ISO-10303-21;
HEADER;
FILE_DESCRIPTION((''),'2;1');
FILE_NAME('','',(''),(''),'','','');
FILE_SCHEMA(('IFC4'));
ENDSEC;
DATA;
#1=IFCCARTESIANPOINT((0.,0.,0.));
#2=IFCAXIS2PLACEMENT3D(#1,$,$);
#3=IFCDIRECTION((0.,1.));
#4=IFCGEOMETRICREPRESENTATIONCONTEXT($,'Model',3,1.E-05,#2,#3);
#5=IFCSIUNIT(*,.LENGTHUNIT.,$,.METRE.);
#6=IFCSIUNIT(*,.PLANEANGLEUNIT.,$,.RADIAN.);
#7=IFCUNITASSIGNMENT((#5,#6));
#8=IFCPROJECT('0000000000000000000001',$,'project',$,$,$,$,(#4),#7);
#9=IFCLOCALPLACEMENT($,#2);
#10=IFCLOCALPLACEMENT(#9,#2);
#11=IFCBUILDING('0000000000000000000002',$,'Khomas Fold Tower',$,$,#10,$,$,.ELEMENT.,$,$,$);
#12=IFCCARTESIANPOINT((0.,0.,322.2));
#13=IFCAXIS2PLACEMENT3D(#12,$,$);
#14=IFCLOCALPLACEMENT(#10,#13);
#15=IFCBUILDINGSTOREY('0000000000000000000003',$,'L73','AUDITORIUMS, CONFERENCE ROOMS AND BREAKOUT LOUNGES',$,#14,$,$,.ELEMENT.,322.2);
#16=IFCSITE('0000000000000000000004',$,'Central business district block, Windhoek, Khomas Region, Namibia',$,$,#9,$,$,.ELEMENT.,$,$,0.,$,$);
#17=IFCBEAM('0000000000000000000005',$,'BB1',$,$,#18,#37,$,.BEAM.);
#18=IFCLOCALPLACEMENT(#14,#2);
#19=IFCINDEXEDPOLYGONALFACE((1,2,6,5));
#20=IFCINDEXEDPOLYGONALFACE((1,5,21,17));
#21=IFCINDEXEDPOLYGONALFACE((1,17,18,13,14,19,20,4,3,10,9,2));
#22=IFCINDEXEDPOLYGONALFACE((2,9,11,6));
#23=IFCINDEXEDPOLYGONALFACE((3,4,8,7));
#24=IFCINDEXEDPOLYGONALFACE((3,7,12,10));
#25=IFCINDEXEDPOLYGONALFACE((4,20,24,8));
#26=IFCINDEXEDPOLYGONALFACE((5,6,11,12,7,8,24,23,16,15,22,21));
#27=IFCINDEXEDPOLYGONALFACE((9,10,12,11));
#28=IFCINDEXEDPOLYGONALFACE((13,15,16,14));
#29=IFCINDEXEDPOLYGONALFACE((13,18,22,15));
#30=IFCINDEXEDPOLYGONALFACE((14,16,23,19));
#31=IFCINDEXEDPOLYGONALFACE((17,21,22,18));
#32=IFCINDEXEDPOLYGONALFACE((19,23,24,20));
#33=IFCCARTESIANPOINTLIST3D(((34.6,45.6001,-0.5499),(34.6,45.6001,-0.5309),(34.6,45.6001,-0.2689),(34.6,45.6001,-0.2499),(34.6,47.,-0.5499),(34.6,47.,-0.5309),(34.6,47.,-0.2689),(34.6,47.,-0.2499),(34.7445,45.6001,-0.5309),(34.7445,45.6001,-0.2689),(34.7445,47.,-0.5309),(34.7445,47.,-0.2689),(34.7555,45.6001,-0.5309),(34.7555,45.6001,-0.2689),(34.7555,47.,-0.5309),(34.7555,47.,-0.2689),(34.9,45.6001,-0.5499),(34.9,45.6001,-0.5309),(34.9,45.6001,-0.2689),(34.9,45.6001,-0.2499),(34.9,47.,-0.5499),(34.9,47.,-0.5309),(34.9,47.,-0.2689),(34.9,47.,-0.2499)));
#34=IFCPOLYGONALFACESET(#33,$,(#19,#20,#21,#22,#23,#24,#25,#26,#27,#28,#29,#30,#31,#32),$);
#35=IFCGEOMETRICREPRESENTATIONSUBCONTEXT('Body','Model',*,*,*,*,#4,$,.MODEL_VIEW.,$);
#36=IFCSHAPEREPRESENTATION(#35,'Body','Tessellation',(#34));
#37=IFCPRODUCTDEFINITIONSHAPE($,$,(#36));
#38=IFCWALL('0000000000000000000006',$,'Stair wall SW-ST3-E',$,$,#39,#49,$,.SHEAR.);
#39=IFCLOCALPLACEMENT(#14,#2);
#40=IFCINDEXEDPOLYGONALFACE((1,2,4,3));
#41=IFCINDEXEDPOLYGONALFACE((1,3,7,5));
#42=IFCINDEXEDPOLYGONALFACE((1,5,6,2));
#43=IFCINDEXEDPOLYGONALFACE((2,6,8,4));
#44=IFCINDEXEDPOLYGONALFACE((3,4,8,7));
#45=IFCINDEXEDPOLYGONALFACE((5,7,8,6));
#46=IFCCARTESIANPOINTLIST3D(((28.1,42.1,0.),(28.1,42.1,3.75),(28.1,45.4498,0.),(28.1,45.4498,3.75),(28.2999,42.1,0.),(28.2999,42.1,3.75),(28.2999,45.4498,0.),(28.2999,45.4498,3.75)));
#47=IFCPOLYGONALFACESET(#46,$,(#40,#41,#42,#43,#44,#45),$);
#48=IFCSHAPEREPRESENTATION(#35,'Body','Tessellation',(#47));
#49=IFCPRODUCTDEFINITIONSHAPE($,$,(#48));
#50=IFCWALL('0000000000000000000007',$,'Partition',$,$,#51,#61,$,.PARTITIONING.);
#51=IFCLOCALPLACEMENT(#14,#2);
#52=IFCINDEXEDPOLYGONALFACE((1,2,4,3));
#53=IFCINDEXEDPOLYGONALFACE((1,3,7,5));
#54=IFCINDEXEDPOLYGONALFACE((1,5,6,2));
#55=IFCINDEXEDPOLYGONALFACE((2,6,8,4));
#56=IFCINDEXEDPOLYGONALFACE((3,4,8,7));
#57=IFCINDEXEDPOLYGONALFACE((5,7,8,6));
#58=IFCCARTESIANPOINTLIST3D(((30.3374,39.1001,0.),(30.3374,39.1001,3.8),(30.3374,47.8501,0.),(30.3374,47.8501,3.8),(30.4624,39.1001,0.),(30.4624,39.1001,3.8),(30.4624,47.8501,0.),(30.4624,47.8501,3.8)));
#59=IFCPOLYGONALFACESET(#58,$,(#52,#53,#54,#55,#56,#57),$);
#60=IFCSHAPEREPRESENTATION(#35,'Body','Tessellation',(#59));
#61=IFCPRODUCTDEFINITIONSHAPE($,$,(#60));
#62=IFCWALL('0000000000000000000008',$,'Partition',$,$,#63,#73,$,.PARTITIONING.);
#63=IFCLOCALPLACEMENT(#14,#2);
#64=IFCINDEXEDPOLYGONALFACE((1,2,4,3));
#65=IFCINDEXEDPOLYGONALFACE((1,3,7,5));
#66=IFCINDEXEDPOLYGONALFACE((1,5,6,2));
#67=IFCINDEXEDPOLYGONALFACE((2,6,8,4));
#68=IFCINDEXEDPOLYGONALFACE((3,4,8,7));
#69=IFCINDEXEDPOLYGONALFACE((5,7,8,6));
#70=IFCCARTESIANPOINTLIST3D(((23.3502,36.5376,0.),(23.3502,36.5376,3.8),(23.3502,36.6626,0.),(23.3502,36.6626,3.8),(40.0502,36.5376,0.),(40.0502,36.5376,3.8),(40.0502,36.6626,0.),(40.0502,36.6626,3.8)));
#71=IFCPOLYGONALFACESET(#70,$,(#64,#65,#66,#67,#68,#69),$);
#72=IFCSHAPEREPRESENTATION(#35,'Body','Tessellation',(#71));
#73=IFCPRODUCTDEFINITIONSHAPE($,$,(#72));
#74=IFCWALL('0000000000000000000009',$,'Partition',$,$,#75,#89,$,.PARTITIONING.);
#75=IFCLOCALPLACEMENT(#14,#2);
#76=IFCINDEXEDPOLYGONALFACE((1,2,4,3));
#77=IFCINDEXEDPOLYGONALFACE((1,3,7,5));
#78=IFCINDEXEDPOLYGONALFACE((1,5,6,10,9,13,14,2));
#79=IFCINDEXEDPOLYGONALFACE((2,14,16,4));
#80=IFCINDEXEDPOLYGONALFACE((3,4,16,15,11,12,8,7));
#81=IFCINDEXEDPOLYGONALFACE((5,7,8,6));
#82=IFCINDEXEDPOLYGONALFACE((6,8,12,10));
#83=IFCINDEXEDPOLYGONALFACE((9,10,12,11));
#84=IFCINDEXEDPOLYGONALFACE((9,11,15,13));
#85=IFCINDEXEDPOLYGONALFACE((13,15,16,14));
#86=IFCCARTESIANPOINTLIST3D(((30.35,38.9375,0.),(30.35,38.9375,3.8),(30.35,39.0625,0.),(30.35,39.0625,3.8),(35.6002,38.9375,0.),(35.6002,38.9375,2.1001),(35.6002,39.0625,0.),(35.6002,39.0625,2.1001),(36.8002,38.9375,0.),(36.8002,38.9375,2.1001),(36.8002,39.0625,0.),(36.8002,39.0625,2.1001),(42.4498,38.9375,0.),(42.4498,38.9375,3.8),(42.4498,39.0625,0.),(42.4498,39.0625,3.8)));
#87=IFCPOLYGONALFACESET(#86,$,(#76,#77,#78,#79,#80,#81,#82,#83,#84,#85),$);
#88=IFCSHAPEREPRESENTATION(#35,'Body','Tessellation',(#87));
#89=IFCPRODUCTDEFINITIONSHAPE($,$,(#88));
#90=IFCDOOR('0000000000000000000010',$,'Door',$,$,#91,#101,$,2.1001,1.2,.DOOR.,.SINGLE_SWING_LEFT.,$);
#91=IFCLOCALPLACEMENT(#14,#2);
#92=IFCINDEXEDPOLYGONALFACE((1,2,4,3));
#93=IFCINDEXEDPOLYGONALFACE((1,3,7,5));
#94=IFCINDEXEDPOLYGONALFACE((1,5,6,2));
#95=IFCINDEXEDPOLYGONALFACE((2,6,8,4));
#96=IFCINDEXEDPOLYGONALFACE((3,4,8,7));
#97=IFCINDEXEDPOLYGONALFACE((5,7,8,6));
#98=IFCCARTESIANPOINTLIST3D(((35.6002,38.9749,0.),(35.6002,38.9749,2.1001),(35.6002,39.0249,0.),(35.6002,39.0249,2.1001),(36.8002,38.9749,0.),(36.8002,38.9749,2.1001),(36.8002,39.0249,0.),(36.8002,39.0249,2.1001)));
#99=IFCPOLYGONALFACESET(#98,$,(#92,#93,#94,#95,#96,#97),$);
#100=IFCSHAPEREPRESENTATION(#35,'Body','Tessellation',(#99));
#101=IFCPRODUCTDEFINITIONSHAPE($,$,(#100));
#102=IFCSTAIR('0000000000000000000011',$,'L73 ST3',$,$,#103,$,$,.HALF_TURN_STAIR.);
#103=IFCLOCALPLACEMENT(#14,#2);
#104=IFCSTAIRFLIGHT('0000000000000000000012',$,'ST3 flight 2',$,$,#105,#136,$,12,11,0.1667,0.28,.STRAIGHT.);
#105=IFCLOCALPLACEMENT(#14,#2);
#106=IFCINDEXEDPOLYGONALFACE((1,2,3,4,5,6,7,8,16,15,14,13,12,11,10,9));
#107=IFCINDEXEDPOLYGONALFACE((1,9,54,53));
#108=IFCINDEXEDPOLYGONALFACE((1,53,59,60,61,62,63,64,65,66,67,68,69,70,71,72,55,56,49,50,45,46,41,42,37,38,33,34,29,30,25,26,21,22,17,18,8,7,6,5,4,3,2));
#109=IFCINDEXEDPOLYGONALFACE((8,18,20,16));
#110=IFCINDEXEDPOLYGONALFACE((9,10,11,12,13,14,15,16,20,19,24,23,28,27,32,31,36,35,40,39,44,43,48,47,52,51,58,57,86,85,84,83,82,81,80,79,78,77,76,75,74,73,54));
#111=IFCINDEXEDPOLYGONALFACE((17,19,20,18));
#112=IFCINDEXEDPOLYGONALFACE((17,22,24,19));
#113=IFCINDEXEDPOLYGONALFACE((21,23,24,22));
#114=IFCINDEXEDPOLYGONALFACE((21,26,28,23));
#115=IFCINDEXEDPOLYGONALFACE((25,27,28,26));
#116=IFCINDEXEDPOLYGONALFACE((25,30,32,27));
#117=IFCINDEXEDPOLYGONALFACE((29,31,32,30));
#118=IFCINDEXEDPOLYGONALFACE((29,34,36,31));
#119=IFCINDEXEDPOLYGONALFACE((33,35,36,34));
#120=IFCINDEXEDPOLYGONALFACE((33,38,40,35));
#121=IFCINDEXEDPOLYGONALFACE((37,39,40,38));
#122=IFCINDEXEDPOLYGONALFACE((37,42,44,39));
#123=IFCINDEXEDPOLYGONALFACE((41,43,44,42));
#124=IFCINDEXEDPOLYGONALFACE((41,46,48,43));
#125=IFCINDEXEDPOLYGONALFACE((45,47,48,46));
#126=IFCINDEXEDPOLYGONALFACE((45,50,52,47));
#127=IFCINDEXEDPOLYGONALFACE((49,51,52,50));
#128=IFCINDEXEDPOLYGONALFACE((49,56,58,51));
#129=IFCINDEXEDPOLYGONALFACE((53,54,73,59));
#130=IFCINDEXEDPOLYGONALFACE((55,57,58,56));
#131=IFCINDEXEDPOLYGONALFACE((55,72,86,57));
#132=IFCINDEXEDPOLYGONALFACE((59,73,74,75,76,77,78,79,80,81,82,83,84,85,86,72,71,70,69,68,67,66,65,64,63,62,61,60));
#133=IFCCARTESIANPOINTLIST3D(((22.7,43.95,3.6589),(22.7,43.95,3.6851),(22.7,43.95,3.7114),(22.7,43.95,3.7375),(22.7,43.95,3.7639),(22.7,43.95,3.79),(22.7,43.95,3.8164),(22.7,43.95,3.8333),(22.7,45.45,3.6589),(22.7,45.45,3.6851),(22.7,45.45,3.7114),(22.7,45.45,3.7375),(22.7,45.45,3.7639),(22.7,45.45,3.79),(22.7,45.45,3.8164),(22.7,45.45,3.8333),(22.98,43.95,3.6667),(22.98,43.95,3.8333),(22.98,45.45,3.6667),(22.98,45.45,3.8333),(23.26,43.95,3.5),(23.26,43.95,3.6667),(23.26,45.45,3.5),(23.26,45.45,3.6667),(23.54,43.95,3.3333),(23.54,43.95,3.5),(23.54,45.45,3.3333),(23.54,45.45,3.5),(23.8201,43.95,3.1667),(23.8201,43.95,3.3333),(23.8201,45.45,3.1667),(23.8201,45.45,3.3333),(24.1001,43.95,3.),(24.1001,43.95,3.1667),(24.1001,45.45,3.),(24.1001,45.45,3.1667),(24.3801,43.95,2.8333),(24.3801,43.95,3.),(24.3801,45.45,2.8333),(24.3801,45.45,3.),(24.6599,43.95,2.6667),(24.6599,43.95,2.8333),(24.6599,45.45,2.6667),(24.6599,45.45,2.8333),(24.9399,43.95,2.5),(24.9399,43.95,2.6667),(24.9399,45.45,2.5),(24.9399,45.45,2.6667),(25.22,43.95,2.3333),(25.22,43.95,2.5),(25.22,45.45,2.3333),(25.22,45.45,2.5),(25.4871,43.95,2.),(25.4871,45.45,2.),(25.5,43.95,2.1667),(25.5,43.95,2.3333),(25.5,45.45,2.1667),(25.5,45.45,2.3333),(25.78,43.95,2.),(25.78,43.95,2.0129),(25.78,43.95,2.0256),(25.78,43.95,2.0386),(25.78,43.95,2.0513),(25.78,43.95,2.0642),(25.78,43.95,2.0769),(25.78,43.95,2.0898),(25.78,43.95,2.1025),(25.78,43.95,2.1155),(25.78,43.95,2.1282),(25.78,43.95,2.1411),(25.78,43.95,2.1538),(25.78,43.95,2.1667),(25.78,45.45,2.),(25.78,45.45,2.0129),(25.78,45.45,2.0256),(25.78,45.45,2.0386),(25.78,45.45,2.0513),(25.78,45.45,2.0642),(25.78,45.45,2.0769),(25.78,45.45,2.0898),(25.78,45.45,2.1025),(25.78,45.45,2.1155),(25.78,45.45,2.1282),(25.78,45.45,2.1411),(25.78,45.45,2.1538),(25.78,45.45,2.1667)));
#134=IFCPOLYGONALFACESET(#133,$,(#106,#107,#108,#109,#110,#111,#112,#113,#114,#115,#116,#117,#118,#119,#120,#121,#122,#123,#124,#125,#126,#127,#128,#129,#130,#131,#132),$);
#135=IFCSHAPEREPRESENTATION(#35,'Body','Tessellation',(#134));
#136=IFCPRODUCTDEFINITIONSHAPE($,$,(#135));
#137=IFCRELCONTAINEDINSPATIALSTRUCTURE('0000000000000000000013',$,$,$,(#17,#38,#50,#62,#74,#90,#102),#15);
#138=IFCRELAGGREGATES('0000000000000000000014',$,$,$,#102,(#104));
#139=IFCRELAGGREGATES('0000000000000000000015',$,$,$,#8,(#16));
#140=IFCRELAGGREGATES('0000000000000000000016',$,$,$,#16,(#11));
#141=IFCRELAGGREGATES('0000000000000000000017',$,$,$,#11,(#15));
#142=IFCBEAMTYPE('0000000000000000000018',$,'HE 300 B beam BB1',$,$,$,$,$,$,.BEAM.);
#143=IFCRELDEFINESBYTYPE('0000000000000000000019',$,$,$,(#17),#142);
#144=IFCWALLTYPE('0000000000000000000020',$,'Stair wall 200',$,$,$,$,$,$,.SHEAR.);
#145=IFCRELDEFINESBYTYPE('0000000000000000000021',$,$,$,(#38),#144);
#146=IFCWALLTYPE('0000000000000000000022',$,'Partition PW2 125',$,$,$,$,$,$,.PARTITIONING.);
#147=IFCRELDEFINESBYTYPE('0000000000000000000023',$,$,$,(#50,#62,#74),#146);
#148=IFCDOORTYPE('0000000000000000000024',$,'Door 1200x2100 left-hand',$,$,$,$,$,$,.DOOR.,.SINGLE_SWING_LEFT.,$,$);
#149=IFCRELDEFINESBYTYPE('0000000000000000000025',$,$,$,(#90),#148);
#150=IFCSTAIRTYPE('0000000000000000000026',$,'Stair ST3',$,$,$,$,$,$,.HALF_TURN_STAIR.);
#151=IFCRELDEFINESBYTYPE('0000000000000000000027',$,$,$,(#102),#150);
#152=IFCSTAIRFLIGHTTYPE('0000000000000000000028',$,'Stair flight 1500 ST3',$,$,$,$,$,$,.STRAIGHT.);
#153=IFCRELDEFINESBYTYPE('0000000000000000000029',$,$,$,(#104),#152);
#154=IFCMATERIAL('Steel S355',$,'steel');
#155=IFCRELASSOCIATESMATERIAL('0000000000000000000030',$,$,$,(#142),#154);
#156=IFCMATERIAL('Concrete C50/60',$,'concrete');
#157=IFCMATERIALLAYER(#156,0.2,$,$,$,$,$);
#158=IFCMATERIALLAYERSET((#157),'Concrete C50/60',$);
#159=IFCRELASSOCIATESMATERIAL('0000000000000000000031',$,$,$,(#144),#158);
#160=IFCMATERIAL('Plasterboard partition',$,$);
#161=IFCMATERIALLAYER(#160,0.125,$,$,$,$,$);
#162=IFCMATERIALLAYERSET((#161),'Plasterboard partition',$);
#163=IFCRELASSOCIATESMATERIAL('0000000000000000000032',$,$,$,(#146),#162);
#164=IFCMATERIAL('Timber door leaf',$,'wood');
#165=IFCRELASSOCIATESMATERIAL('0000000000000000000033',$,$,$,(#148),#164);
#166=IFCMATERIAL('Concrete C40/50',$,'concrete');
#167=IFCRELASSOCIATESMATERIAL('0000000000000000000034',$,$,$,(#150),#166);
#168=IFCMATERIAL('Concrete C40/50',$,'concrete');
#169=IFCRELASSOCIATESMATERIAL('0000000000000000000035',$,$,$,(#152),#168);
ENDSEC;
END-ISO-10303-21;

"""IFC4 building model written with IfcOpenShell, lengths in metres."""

from ifc_helpers import new_model, si_unit, direction, frame, frame_2d, origin, origin_2d, place, context, subcontext, project, spatial, polyline, rectangle, i_section, outline, extrude, source, transform, mapped, material, layer, layer_set, material_profile, profile_set, type_object, element, fill, aggregate, save


model = new_model("IFC4")

# Units and contexts
model_context = context("Model", 3, precision=1e-05, world=origin(), true_north=direction((0.0, 1.0)))
body_context = subcontext(model_context, "Body", "Model", "MODEL_VIEW")
ifc_project = project(units=[si_unit("LENGTHUNIT", "METRE"), si_unit("PLANEANGLEUNIT", "RADIAN")], contexts=[model_context])

# Site, building, storey
site_placement = place(None, origin())
site = spatial("IfcSite", under=ifc_project, at=site_placement, Name="Central business district block, Windhoek, Khomas Region, Namibia", CompositionType="ELEMENT", RefElevation=0.0)
building_placement = place(site_placement, origin())
building = spatial("IfcBuilding", under=site, at=building_placement, Name="Khomas Fold Tower", CompositionType="ELEMENT")
storey_placement = place(building_placement, frame((0.0, 0.0, 322.2)))
storey = spatial("IfcBuildingStorey", under=building, at=storey_placement, Name="L73", Description="AUDITORIUMS, CONFERENCE ROOMS AND BREAKOUT LOUNGES", CompositionType="ELEMENT", Elevation=322.2)

# Beam
ifc_material_1 = material(Name="Steel S355", Category="steel")
ifc_material_profile_1 = material_profile(ifc_material_1, i_section(OverallWidth=0.3, OverallDepth=0.3, WebThickness=0.011, FlangeThickness=0.019, at=origin_2d()), Name="HE 300 B")
ifc_profile_set_1 = profile_set([ifc_material_profile_1], Name="Steel S355")
beam_type_1 = type_object("IfcBeamType", Name="HE 300 B beam BB1", PredefinedType="BEAM", material=ifc_profile_set_1)
shared_shape_1 = source(origin(), body_context, "Body", "SweptSolid", [
    extrude(i_section(OverallWidth=0.3, OverallDepth=0.3, WebThickness=0.011, FlangeThickness=0.019, at=origin_2d()), origin(), (0.0, 0.0, 1.0), 1.3999),
])
beam_1_placement = place(storey_placement, frame((34.75, 45.6001, -0.3999), z_axis=(0.0, 1.0, 0.0), x_axis=(-1.0, 0.0, 0.0)))
element("IfcBeam", 1, at=beam_1_placement, inside=storey, type_object=beam_type_1, Name="BB1", PredefinedType="BEAM", context=body_context, shape_type="MappedRepresentation", body=[
    mapped(shared_shape_1, transform((0.0, 0.0, 0.0))),
])

# Wall
ifc_material_2 = material(Name="Concrete C50/60", Category="concrete")
ifc_layer_1 = layer(ifc_material_2, 0.2)
ifc_layer_set_1 = layer_set([ifc_layer_1], Name="Concrete C50/60")
wall_type_1 = type_object("IfcWallType", Name="Stair wall 200", PredefinedType="SHEAR", material=ifc_layer_set_1)
shared_shape_2 = source(origin(), body_context, "Body", "SweptSolid", [
    extrude(rectangle(XDim=3.3499, YDim=0.2, at=frame_2d((1.6748, 0.0))), origin(), (0.0, 0.0, 1.0), 3.75),
])
wall_1_placement = place(storey_placement, frame((28.2, 42.1001, 0.0), z_axis=(0.0, 0.0, 1.0), x_axis=(0.0, 1.0, 0.0)))
element("IfcWall", 2, at=wall_1_placement, inside=storey, type_object=wall_type_1, Name="Stair wall SW-ST3-E", PredefinedType="SHEAR", context=body_context, shape_type="MappedRepresentation", body=[
    mapped(shared_shape_2, transform((0.0, 0.0, 0.0))),
])

# Walls
ifc_material_3 = material(Name="Plasterboard partition")
ifc_layer_2 = layer(ifc_material_3, 0.125)
ifc_layer_set_2 = layer_set([ifc_layer_2], Name="Plasterboard partition")
wall_type_2 = type_object("IfcWallType", Name="Partition PW2 125", PredefinedType="PARTITIONING", material=ifc_layer_set_2)
shared_shape_3 = source(origin(), body_context, "Body", "SweptSolid", [
    extrude(rectangle(XDim=8.75, YDim=0.125, at=frame_2d((4.375, 0.0))), origin(), (0.0, 0.0, 1.0), 3.8),
])
wall_2_placement = place(storey_placement, frame((30.3999, 39.1001, 0.0), z_axis=(0.0, 0.0, 1.0), x_axis=(0.0, 1.0, 0.0)))
element("IfcWall", 3, at=wall_2_placement, inside=storey, type_object=wall_type_2, Name="Partition", PredefinedType="PARTITIONING", context=body_context, shape_type="MappedRepresentation", body=[
    mapped(shared_shape_3, transform((0.0, 0.0, 0.0))),
])
shared_shape_4 = source(origin(), body_context, "Body", "SweptSolid", [
    extrude(rectangle(XDim=16.7, YDim=0.125, at=frame_2d((8.3501, 0.0))), origin(), (0.0, 0.0, 1.0), 3.8),
])
wall_3_placement = place(storey_placement, frame((23.3501, 36.6001, 0.0), z_axis=(0.0, 0.0, 1.0), x_axis=(1.0, 0.0, 0.0)))
element("IfcWall", 4, at=wall_3_placement, inside=storey, type_object=wall_type_2, Name="Partition", PredefinedType="PARTITIONING", context=body_context, shape_type="MappedRepresentation", body=[
    mapped(shared_shape_4, transform((0.0, 0.0, 0.0))),
])

# Wall, opening, door
shared_shape_5 = source(origin(), body_context, "Body", "SweptSolid", [
    extrude(rectangle(XDim=12.0999, YDim=0.125, at=frame_2d((6.0498, 0.0))), origin(), (0.0, 0.0, 1.0), 3.8),
])
wall_4_placement = place(storey_placement, frame((30.3501, 39.0, 0.0), z_axis=(0.0, 0.0, 1.0), x_axis=(1.0, 0.0, 0.0)))
wall_4 = element("IfcWall", 5, at=wall_4_placement, inside=storey, type_object=wall_type_2, Name="Partition", PredefinedType="PARTITIONING", context=body_context, shape_type="MappedRepresentation", body=[
    mapped(shared_shape_5, transform((0.0, 0.0, 0.0))),
])
shared_shape_6 = source(origin(), body_context, "Body", "SweptSolid", [
    extrude(rectangle(XDim=1.2, YDim=2.1001, at=frame_2d((0.6001, 1.05))), frame((0.0, 0.0725, 0.0), z_axis=(0.0, -1.0, 0.0), x_axis=(1.0, 0.0, 0.0)), (0.0, 0.0, 1.0), 0.145),
])
opening_1_placement = place(wall_4_placement, frame((5.25, 0.0, 0.0)))
opening_1 = element("IfcOpeningElement", 6, at=opening_1_placement, cuts=wall_4, PredefinedType="OPENING", context=body_context, shape_type="MappedRepresentation", body=[
    mapped(shared_shape_6, transform((0.0, 0.0, 0.0))),
])
ifc_material_4 = material(Name="Timber door leaf", Category="wood")
door_type_1 = type_object("IfcDoorType", Name="Door 1200x2100 left-hand", OperationType="SINGLE_SWING_LEFT", PredefinedType="DOOR", material=ifc_material_4)
shared_shape_7 = source(origin(), body_context, "Body", "SweptSolid", [
    extrude(rectangle(XDim=1.2, YDim=2.1001, at=frame_2d((0.6001, 1.05))), frame((0.0, 0.0249, 0.0), z_axis=(0.0, -1.0, 0.0), x_axis=(1.0, 0.0, 0.0)), (0.0, 0.0, 1.0), 0.05),
])
door_1_placement = place(opening_1_placement, origin())
door_1 = element("IfcDoor", 7, at=door_1_placement, inside=storey, type_object=door_type_1, Name="Door", OperationType="SINGLE_SWING_LEFT", OverallHeight=2.1001, OverallWidth=1.2, PredefinedType="DOOR", context=body_context, shape_type="MappedRepresentation", body=[
    mapped(shared_shape_7, transform((0.0, 0.0, 0.0))),
])
fill(opening_1, door_1)

# Stair, stair flight
ifc_material_5 = material(Name="Concrete C40/50", Category="concrete")
stair_type = type_object("IfcStairType", Name="Stair ST3", PredefinedType="HALF_TURN_STAIR", material=ifc_material_5)
stair_placement = place(storey_placement, origin())
stair = element("IfcStair", 8, at=stair_placement, inside=storey, type_object=stair_type, Name="L73 ST3", PredefinedType="HALF_TURN_STAIR")
ifc_material_6 = material(Name="Concrete C40/50", Category="concrete")
stair_flight_type = type_object("IfcStairFlightType", Name="Stair flight 1500 ST3", PredefinedType="STRAIGHT", material=ifc_material_6)
shared_shape_8 = source(origin(), body_context, "Body", "SweptSolid", [
    extrude(outline(polyline([(0.0, 0.0), (0.0, 0.0129), (0.0, 0.0256), (0.0, 0.0386), (0.0, 0.0513), (0.0, 0.0642), (0.0, 0.0769), (0.0, 0.0898), (0.0, 0.1025), (0.0, 0.1155), (0.0, 0.1282), (0.0, 0.1411), (0.0, 0.1538), (0.0, 0.1667), (0.28, 0.1667), (0.28, 0.3333), (0.5601, 0.3333), (0.5601, 0.5), (0.8401, 0.5), (0.8401, 0.6667), (1.1201, 0.6667), (1.1201, 0.8333), (1.3999, 0.8333), (1.3999, 1.0), (1.6799, 1.0), (1.6799, 1.1667), (1.96, 1.1667), (1.96, 1.3333), (2.24, 1.3333), (2.24, 1.5), (2.52, 1.5), (2.52, 1.6667), (2.8, 1.6667), (2.8, 1.8333), (3.0801, 1.8333), (3.0801, 2.0), (3.0801, 1.9739), (3.0801, 1.9475), (3.0801, 1.9214), (3.0801, 1.895), (3.0801, 1.8689), (3.0801, 1.8425), (3.0801, 1.8164), (3.0801, 1.79), (3.0801, 1.7639), (3.0801, 1.7375), (3.0801, 1.7114), (3.0801, 1.6851), (3.0801, 1.6589), (0.293, 0.0), (0.0, 0.0)])), frame((0.0, 0.75, 0.0), z_axis=(0.0, -1.0, 0.0), x_axis=(1.0, 0.0, 0.0)), (0.0, 0.0, 1.0), 1.5),
])
stair_flight_placement = place(storey_placement, frame((25.78, 44.7, 2.0), z_axis=(0.0, 0.0, 1.0), x_axis=(-1.0, 0.0, 0.0)))
stair_flight = element("IfcStairFlight", 9, at=stair_flight_placement, type_object=stair_flight_type, Name="ST3 flight 2", NumberOfRisers=12, NumberOfTreads=11, PredefinedType="STRAIGHT", RiserHeight=0.1667, TreadLength=0.28, context=body_context, shape_type="MappedRepresentation", body=[
    mapped(shared_shape_8, transform((0.0, 0.0, 0.0))),
])
aggregate(stair, [stair_flight])

save(model, "model.ifc")
